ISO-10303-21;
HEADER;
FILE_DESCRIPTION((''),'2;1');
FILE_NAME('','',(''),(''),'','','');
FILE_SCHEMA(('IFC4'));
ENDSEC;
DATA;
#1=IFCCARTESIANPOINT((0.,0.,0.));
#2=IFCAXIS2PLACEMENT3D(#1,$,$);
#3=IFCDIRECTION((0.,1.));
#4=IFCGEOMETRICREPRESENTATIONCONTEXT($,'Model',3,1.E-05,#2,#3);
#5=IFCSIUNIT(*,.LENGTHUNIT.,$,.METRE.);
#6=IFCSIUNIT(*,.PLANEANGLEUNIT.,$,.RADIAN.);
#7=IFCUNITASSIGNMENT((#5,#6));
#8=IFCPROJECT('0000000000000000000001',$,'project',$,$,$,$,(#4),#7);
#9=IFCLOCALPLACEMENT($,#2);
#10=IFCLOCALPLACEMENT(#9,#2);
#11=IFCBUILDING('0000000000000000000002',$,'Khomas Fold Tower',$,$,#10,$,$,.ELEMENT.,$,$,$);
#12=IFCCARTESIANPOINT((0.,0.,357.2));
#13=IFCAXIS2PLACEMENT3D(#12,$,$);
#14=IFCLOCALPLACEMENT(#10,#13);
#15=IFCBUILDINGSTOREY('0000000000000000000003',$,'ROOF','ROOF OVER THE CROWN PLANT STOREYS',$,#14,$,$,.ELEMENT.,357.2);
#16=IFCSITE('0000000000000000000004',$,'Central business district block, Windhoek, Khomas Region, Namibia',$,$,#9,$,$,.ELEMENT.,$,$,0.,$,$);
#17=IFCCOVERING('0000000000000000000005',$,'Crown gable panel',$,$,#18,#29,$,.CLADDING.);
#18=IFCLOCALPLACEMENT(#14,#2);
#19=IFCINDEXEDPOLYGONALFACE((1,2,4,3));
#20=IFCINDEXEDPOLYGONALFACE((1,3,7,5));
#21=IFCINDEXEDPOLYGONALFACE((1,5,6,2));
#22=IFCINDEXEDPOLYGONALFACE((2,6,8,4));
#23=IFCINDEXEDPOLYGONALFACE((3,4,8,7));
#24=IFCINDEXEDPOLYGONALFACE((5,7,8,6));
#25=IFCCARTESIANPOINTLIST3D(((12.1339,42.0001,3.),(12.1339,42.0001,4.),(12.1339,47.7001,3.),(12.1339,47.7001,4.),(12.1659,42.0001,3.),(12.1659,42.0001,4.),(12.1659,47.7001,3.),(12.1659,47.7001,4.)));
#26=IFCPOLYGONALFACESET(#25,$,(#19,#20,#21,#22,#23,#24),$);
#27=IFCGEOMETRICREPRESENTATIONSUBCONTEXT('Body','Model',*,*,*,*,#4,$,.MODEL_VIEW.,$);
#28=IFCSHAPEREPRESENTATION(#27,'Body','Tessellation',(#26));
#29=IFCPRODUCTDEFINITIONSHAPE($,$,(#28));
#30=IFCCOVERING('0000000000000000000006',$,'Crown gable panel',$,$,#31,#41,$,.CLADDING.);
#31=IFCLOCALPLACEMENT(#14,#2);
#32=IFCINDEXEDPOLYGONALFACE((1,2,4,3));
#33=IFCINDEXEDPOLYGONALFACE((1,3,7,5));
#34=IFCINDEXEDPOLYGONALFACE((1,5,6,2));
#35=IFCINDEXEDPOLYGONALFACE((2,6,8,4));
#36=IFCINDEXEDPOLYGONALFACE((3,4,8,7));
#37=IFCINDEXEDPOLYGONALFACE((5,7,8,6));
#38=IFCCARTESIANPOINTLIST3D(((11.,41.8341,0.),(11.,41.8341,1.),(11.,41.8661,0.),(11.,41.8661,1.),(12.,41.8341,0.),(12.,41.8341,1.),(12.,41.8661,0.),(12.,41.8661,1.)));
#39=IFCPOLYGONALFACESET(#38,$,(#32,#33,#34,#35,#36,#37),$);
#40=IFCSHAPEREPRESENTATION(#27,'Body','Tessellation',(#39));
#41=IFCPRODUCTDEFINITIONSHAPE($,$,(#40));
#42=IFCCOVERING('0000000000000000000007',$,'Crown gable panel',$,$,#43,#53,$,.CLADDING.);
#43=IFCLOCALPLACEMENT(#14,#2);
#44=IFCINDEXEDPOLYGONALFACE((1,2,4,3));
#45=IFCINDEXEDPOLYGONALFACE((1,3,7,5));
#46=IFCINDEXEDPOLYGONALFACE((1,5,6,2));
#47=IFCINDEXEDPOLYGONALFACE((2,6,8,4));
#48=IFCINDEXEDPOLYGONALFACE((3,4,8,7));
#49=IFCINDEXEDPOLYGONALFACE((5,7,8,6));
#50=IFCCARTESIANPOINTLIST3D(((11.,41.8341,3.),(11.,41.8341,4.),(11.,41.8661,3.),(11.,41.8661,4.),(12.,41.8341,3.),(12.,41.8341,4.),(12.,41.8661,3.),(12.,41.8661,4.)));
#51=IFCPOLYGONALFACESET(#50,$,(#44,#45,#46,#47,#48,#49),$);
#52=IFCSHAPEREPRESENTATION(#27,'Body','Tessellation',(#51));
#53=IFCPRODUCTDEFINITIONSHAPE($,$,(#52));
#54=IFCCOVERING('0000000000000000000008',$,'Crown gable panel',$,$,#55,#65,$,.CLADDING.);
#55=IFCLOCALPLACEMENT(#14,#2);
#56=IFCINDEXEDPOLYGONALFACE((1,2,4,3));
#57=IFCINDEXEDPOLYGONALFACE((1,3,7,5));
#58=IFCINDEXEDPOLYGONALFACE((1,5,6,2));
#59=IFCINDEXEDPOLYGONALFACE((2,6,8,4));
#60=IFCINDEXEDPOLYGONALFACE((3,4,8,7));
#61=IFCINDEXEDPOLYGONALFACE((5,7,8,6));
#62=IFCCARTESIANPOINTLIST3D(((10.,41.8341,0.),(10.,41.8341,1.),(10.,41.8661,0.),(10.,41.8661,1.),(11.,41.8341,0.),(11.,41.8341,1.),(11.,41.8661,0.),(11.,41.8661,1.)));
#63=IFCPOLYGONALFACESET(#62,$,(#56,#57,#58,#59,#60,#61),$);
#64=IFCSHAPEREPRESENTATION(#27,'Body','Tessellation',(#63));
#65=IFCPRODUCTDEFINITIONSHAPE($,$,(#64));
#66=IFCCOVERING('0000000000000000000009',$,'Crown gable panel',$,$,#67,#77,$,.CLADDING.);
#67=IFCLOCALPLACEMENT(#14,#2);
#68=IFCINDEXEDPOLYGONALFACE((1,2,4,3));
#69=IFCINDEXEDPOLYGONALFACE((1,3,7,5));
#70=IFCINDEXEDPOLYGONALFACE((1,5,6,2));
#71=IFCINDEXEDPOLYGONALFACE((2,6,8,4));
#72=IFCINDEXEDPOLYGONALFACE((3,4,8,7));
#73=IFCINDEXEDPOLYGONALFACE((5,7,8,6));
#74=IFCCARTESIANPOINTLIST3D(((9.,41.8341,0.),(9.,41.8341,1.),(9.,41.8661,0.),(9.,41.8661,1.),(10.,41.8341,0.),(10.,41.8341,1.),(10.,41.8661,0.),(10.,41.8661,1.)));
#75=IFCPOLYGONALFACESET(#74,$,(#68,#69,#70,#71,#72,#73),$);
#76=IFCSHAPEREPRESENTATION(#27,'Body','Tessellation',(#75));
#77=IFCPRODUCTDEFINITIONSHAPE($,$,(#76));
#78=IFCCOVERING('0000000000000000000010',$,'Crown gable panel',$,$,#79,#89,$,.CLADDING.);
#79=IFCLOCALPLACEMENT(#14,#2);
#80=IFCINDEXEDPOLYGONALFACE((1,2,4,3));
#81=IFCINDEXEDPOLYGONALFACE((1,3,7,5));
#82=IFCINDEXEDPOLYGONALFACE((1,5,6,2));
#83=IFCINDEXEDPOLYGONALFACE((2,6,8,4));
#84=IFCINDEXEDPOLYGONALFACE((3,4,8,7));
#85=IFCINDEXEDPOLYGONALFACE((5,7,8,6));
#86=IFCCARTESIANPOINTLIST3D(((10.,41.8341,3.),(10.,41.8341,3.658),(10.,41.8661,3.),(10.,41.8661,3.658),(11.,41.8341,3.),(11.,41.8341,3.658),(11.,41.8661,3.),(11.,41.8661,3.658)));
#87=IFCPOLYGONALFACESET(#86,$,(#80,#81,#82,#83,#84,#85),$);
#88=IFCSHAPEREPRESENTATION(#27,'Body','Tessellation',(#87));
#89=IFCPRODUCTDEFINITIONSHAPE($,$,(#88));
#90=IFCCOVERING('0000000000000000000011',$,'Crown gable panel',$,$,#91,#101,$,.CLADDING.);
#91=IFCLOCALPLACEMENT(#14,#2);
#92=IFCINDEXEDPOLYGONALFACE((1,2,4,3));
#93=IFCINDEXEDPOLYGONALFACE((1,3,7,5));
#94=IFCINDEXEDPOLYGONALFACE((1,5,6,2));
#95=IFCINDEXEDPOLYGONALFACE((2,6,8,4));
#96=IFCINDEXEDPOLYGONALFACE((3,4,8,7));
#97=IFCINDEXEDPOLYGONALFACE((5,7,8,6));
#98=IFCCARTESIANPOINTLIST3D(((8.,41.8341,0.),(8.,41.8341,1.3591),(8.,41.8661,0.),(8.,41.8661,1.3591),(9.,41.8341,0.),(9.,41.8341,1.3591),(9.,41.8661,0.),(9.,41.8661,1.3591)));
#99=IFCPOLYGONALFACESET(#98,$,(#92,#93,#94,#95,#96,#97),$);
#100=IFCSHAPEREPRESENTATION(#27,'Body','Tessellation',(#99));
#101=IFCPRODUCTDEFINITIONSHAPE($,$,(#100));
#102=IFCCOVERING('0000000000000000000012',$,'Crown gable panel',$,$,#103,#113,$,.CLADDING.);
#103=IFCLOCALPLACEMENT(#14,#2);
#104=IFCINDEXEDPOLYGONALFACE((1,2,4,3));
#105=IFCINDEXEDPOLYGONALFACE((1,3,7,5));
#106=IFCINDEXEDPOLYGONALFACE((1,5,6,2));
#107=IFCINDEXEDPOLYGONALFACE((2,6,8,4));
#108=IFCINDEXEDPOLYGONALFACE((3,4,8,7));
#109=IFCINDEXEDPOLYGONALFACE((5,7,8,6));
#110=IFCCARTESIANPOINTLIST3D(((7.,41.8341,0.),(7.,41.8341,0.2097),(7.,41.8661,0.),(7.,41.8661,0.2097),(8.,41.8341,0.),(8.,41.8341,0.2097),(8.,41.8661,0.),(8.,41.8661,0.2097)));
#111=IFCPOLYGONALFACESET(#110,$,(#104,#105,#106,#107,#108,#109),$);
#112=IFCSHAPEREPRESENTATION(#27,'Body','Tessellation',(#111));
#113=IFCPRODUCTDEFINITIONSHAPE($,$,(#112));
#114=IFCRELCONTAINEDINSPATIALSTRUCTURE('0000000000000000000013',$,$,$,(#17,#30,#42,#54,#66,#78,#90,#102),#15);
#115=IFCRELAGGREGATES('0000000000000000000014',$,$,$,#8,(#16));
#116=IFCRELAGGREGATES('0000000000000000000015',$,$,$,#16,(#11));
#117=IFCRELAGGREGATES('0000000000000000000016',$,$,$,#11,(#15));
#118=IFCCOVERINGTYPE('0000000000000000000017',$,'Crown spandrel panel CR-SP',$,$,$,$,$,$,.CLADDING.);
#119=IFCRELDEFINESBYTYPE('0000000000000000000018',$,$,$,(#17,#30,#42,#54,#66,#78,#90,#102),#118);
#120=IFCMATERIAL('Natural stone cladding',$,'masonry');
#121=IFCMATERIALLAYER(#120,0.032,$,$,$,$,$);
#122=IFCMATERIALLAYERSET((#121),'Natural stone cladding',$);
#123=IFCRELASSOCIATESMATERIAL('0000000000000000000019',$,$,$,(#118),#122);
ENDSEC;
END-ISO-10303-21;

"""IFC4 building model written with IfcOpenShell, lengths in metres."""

from ifc_helpers import new_model, si_unit, direction, frame, origin, origin_2d, place, context, subcontext, project, spatial, rectangle, extrude, source, transform, mapped, material, layer, layer_set, type_object, element, save


model = new_model("IFC4")

# Units and contexts
model_context = context("Model", 3, precision=1e-05, world=origin(), true_north=direction((0.0, 1.0)))
body_context = subcontext(model_context, "Body", "Model", "MODEL_VIEW")
ifc_project = project(units=[si_unit("LENGTHUNIT", "METRE"), si_unit("PLANEANGLEUNIT", "RADIAN")], contexts=[model_context])

# Site, building, storey
site_placement = place(None, origin())
site = spatial("IfcSite", under=ifc_project, at=site_placement, Name="Central business district block, Windhoek, Khomas Region, Namibia", CompositionType="ELEMENT", RefElevation=0.0)
building_placement = place(site_placement, origin())
building = spatial("IfcBuilding", under=site, at=building_placement, Name="Khomas Fold Tower", CompositionType="ELEMENT")
storey_placement = place(building_placement, frame((0.0, 0.0, 357.2)))
storey = spatial("IfcBuildingStorey", under=building, at=storey_placement, Name="ROOF", Description="ROOF OVER THE CROWN PLANT STOREYS", CompositionType="ELEMENT", Elevation=357.2)

# Coverings
ifc_material_1 = material(Name="Natural stone cladding", Category="masonry")
ifc_layer_1 = layer(ifc_material_1, 0.032)
ifc_layer_set_1 = layer_set([ifc_layer_1], Name="Natural stone cladding")
covering_type = type_object("IfcCoveringType", Name="Crown spandrel panel CR-SP", PredefinedType="CLADDING", material=ifc_layer_set_1)
shared_shape_1 = source(origin(), body_context, "Body", "SweptSolid", [
    extrude(rectangle(XDim=5.7, YDim=0.032, at=origin_2d()), origin(), (0.0, 0.0, 1.0), 1.0),
])
for number, where, z_axis, x_axis, name in (
    (1, (12.1499, 44.8501, 3.0), (0.0, 0.0, 1.0), (0.0, -1.0, 0.0), "Crown gable panel"),
):
    element("IfcCovering", number, at=place(storey_placement, frame(where, z_axis=z_axis, x_axis=x_axis)), inside=storey, type_object=covering_type, Name=name, PredefinedType="CLADDING", context=body_context, shape_type="MappedRepresentation", body=[
        mapped(shared_shape_1, transform((0.0, 0.0, 0.0))),
    ])
shared_shape_2 = source(origin(), body_context, "Body", "SweptSolid", [
    extrude(rectangle(XDim=1.0, YDim=0.032, at=origin_2d()), origin(), (0.0, 0.0, 1.0), 1.0),
])
for number, where, z_axis, x_axis, name in (
    (2, (11.5, 41.8501, 0.0), (0.0, 0.0, 1.0), (-1.0, 0.0, 0.0), "Crown gable panel"),
    (3, (11.5, 41.8501, 3.0), (0.0, 0.0, 1.0), (-1.0, 0.0, 0.0), "Crown gable panel"),
    (4, (10.5, 41.8501, 0.0), (0.0, 0.0, 1.0), (-1.0, 0.0, 0.0), "Crown gable panel"),
    (5, (9.5, 41.8501, 0.0), (0.0, 0.0, 1.0), (-1.0, 0.0, 0.0), "Crown gable panel"),
):
    element("IfcCovering", number, at=place(storey_placement, frame(where, z_axis=z_axis, x_axis=x_axis)), inside=storey, type_object=covering_type, Name=name, PredefinedType="CLADDING", context=body_context, shape_type="MappedRepresentation", body=[
        mapped(shared_shape_2, transform((0.0, 0.0, 0.0))),
    ])
shared_shape_3 = source(origin(), body_context, "Body", "SweptSolid", [
    extrude(rectangle(XDim=1.0, YDim=0.032, at=origin_2d()), origin(), (0.0, 0.0, 1.0), 0.658),
])
covering_1_placement = place(storey_placement, frame((10.5, 41.8501, 3.0), z_axis=(0.0, 0.0, 1.0), x_axis=(-1.0, 0.0, 0.0)))
element("IfcCovering", 6, at=covering_1_placement, inside=storey, type_object=covering_type, Name="Crown gable panel", PredefinedType="CLADDING", context=body_context, shape_type="MappedRepresentation", body=[
    mapped(shared_shape_3, transform((0.0, 0.0, 0.0))),
])
shared_shape_4 = source(origin(), body_context, "Body", "SweptSolid", [
    extrude(rectangle(XDim=1.0, YDim=0.032, at=origin_2d()), origin(), (0.0, 0.0, 1.0), 1.3591),
])
covering_2_placement = place(storey_placement, frame((8.5, 41.8501, 0.0), z_axis=(0.0, 0.0, 1.0), x_axis=(-1.0, 0.0, 0.0)))
element("IfcCovering", 7, at=covering_2_placement, inside=storey, type_object=covering_type, Name="Crown gable panel", PredefinedType="CLADDING", context=body_context, shape_type="MappedRepresentation", body=[
    mapped(shared_shape_4, transform((0.0, 0.0, 0.0))),
])
shared_shape_5 = source(origin(), body_context, "Body", "SweptSolid", [
    extrude(rectangle(XDim=1.0, YDim=0.032, at=origin_2d()), origin(), (0.0, 0.0, 1.0), 0.2097),
])
covering_3_placement = place(storey_placement, frame((7.5, 41.8501, 0.0), z_axis=(0.0, 0.0, 1.0), x_axis=(-1.0, 0.0, 0.0)))
element("IfcCovering", 8, at=covering_3_placement, inside=storey, type_object=covering_type, Name="Crown gable panel", PredefinedType="CLADDING", context=body_context, shape_type="MappedRepresentation", body=[
    mapped(shared_shape_5, transform((0.0, 0.0, 0.0))),
])

save(model, "model.ifc")
